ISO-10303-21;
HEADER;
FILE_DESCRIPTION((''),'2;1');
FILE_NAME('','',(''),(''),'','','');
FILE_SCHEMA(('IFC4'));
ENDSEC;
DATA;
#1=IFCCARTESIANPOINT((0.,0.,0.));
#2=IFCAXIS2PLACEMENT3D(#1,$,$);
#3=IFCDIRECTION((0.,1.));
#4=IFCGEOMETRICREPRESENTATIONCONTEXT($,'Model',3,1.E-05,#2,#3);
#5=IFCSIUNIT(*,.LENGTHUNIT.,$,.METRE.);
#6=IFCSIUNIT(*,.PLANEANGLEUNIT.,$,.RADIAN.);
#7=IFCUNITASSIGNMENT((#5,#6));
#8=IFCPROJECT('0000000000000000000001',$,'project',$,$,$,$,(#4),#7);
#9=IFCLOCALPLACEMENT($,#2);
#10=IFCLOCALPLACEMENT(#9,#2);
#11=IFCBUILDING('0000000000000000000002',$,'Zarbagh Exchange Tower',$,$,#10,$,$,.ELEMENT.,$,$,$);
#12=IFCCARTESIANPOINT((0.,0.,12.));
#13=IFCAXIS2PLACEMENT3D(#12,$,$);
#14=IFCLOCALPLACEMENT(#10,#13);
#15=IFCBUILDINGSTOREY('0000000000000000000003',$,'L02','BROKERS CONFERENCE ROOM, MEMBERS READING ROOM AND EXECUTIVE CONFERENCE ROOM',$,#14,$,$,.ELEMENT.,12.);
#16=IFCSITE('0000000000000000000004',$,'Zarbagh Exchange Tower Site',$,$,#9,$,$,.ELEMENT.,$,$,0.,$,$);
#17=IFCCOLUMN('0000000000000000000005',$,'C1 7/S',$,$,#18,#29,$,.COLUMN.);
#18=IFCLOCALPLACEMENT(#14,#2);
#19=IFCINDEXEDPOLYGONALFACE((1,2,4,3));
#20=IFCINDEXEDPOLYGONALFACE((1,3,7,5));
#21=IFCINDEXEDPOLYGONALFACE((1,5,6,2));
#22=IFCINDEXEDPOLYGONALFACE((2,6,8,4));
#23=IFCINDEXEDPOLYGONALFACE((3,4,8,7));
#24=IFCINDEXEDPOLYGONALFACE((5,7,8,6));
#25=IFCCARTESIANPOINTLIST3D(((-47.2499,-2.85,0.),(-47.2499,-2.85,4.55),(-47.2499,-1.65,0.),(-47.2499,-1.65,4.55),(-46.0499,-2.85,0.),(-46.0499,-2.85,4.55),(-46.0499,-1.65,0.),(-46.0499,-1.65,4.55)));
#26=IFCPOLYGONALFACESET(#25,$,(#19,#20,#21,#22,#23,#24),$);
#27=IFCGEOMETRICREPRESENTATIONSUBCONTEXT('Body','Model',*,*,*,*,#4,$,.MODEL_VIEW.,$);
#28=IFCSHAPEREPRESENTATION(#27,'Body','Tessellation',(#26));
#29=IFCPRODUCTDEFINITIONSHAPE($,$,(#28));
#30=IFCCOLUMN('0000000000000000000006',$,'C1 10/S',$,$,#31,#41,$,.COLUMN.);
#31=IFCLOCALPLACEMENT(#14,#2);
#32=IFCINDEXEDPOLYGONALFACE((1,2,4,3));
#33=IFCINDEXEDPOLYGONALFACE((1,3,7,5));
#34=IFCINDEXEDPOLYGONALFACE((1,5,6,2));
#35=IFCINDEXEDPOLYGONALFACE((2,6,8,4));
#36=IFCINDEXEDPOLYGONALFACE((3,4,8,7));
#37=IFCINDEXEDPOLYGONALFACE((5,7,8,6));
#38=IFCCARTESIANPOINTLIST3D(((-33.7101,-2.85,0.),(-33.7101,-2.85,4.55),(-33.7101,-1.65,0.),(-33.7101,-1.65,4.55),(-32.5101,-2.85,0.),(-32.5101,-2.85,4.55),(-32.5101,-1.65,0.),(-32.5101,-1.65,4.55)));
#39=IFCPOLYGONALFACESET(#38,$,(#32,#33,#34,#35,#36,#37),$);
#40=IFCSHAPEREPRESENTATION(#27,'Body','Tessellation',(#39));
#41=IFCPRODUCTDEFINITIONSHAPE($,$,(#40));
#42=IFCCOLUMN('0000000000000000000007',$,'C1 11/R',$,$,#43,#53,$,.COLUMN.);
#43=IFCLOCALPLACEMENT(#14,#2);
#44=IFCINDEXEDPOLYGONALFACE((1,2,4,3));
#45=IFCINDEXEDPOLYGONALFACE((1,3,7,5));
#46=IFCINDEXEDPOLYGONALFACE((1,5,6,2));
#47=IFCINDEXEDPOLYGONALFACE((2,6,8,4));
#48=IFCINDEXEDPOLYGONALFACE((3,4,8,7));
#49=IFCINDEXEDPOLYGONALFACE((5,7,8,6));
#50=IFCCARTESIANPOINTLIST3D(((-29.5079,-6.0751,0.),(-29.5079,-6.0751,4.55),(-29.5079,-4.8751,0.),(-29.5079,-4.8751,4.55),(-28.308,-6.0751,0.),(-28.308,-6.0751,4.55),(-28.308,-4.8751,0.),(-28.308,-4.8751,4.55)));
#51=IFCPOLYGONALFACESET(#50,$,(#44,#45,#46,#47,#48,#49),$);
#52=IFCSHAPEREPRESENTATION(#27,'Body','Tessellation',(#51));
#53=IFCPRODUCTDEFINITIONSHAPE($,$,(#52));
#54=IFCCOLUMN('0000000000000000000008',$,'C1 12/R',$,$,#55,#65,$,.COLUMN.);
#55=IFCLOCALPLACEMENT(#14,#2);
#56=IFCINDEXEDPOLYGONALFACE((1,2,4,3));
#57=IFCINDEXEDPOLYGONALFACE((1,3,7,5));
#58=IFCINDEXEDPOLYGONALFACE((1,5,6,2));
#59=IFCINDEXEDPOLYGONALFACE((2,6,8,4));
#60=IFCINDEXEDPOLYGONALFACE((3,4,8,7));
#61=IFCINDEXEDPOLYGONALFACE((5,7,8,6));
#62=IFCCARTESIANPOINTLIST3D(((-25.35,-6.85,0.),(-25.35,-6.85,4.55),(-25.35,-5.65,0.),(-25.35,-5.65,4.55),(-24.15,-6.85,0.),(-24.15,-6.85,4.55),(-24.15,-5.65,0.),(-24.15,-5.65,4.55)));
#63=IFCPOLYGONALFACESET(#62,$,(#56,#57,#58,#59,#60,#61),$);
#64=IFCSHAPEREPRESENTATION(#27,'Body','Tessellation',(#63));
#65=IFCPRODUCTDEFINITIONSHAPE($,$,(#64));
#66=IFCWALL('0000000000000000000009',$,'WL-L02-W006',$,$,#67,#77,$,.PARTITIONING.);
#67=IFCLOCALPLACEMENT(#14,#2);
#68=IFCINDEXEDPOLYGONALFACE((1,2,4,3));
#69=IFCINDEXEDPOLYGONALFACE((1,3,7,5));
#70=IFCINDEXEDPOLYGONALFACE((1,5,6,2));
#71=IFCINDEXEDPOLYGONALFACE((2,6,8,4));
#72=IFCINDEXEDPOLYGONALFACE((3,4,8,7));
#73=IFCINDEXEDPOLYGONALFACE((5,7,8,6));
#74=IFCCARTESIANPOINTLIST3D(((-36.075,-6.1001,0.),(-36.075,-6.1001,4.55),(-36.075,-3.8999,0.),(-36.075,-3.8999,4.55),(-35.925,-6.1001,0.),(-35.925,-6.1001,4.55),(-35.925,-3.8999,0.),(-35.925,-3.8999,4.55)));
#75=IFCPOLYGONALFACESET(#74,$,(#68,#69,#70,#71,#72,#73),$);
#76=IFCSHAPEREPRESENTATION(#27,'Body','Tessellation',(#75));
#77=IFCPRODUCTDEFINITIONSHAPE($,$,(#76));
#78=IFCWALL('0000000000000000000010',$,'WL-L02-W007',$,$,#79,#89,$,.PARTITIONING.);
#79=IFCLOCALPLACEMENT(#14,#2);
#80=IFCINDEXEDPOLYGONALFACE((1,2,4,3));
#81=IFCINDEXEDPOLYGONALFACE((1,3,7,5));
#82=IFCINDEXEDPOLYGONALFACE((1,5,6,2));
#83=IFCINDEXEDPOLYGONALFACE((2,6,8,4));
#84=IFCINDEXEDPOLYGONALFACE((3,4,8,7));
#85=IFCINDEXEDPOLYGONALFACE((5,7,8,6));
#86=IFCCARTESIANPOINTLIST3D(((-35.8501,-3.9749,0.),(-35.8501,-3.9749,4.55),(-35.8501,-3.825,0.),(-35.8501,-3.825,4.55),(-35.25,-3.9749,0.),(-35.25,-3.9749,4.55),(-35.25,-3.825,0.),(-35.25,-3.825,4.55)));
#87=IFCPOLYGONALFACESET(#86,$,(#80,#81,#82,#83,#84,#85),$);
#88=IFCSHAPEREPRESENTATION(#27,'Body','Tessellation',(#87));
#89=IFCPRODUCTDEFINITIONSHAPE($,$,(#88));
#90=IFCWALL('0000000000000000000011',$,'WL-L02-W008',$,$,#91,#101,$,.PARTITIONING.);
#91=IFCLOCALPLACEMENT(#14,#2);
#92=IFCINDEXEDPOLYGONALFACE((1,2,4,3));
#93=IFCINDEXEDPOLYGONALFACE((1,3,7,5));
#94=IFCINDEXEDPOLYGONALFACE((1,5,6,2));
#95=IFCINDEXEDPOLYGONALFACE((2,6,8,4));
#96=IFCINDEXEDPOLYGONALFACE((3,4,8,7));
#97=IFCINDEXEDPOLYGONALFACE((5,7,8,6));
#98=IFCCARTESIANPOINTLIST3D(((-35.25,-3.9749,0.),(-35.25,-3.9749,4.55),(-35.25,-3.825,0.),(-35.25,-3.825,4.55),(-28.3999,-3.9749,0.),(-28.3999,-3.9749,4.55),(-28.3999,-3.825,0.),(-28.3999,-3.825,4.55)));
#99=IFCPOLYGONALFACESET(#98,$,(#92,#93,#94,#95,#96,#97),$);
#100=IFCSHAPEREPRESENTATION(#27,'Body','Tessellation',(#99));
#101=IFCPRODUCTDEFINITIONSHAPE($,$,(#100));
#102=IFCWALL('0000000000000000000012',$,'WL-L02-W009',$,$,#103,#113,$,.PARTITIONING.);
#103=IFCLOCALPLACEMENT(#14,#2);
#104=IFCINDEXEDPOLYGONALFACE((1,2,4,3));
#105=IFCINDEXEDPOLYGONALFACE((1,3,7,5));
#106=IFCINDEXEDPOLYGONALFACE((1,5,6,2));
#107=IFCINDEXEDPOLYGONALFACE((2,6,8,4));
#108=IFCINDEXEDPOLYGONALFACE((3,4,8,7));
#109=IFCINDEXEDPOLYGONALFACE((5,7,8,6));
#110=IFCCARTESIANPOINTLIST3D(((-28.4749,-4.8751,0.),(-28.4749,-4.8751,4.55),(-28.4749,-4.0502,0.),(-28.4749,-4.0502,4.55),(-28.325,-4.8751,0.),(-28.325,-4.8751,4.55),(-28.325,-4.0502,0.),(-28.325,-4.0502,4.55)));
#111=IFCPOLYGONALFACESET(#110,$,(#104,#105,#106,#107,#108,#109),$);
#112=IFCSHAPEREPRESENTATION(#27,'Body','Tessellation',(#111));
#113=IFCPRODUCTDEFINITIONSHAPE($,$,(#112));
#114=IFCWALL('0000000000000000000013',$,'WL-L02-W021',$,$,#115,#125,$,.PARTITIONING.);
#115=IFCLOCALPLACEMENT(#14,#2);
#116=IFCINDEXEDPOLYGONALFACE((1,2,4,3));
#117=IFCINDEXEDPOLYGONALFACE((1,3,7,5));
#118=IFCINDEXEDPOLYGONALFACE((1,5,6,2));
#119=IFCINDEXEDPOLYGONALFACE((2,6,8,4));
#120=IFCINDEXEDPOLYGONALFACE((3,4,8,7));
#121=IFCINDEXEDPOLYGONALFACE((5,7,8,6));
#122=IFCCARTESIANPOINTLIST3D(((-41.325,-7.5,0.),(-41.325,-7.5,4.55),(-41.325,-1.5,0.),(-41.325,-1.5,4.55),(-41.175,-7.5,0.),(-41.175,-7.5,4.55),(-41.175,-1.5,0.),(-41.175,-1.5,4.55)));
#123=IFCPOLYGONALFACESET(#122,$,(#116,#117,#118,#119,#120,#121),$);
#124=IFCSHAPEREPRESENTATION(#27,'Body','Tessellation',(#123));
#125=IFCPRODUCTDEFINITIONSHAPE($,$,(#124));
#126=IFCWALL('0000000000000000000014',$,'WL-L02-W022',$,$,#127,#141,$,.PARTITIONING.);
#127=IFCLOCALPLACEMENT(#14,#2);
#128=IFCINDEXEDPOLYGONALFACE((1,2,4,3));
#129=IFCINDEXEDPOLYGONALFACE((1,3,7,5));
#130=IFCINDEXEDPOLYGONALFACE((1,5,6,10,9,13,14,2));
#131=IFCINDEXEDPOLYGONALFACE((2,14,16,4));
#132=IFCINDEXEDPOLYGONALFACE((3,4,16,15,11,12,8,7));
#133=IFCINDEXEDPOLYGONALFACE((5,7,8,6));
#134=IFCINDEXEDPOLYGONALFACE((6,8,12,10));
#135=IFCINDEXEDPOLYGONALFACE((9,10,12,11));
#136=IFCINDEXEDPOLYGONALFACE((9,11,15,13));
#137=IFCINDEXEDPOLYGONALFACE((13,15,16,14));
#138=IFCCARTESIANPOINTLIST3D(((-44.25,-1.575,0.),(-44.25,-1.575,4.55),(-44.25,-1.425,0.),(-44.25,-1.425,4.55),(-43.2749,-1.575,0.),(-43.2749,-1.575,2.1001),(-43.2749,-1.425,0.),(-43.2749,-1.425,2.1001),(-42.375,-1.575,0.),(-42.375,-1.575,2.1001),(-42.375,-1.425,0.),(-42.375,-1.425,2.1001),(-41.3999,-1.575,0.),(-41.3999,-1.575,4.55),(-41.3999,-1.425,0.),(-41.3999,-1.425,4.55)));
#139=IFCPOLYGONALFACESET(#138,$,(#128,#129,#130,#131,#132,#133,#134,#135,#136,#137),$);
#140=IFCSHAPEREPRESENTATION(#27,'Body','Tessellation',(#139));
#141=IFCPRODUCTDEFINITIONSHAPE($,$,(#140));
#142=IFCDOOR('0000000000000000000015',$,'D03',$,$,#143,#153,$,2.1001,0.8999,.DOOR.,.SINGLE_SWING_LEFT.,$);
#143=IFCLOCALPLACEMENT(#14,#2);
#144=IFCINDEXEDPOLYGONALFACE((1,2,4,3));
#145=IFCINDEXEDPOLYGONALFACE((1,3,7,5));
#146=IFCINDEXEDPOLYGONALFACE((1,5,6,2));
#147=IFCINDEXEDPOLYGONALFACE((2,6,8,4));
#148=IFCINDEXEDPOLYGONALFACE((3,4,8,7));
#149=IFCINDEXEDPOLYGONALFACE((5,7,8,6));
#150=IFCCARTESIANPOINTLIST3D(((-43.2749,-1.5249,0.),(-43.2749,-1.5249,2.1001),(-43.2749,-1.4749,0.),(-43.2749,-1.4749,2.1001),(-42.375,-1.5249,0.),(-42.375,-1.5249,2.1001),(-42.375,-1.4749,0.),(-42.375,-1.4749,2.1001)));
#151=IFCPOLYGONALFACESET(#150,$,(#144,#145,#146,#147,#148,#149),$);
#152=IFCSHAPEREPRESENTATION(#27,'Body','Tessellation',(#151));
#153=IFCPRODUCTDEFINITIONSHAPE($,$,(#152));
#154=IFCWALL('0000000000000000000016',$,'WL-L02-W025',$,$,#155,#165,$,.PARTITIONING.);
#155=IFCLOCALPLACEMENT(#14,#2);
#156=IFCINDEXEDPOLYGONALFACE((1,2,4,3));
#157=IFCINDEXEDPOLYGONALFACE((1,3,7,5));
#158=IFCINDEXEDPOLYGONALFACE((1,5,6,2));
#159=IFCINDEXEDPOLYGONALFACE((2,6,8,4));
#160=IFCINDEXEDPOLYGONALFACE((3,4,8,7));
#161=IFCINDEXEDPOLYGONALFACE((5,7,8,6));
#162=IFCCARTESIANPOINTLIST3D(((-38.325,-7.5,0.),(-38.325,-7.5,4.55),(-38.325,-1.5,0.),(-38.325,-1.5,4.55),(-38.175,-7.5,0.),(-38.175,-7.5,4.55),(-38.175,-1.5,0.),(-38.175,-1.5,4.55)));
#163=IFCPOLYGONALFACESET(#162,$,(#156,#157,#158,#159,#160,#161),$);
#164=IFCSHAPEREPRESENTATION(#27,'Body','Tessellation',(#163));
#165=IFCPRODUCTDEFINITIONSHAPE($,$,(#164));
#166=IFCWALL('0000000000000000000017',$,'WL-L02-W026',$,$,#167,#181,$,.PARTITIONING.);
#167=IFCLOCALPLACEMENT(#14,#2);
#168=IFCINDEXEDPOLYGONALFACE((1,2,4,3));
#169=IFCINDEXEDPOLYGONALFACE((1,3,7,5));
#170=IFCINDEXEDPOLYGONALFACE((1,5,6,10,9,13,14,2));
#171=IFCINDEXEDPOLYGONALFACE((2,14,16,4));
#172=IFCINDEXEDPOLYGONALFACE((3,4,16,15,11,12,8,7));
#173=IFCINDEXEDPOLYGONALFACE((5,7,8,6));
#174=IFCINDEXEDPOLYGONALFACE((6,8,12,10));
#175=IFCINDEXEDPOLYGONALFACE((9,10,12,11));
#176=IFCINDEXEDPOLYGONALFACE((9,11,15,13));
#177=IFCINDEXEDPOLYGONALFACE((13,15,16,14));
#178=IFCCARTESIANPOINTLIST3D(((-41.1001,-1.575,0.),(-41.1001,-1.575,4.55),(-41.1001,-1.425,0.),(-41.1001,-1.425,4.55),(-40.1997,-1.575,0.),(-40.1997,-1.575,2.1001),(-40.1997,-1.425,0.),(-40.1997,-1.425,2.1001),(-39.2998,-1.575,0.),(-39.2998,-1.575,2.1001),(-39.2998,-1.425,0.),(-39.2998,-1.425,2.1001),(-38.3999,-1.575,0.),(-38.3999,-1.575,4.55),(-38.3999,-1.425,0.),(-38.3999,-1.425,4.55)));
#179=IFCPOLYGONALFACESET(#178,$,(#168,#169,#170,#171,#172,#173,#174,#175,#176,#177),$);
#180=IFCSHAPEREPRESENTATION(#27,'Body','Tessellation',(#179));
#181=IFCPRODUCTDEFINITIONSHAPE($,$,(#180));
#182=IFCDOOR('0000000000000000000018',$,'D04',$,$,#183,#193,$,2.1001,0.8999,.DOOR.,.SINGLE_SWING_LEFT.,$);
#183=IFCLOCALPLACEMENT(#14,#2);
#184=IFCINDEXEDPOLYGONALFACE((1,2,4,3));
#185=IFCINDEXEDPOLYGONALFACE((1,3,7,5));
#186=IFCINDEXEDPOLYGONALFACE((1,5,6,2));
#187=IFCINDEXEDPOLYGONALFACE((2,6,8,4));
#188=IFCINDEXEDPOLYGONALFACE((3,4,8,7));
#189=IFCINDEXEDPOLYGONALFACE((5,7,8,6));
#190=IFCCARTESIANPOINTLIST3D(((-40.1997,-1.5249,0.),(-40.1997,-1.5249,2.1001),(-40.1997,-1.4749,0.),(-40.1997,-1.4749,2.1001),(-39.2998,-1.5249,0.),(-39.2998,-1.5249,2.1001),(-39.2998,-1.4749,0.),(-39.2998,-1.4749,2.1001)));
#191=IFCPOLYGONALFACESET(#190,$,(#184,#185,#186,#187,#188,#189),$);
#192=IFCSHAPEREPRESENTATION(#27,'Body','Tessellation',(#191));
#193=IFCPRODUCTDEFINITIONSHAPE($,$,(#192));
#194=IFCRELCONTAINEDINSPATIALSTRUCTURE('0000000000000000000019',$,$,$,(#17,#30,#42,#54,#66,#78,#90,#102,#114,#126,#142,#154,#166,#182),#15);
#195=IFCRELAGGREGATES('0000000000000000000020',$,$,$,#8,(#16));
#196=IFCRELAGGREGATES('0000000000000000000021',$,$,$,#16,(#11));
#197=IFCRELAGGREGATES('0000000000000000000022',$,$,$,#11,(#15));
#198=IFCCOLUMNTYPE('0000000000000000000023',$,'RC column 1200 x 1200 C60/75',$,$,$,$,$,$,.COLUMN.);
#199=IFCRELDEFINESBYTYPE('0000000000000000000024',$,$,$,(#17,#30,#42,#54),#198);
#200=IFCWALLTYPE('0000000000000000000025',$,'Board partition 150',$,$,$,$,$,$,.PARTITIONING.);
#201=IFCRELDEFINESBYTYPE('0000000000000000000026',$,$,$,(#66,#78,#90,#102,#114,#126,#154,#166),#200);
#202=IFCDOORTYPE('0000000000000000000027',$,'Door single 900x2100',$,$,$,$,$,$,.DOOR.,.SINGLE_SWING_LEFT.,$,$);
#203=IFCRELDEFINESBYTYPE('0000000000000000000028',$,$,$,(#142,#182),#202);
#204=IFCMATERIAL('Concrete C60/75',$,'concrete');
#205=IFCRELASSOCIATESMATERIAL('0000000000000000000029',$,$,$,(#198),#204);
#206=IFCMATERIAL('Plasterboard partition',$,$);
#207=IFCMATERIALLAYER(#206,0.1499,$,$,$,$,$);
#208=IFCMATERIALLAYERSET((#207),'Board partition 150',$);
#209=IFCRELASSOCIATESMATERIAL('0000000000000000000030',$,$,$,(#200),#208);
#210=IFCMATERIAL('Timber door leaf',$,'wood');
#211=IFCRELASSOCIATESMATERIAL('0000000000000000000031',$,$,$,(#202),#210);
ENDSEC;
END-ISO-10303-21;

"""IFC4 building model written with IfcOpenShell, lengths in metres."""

from ifc_helpers import new_model, si_unit, direction, frame, frame_2d, origin, origin_2d, place, context, subcontext, project, spatial, rectangle, extrude, material, layer, layer_set, material_profile, profile_set, type_object, element, fill, save


model = new_model("IFC4")

# Units and contexts
model_context = context("Model", 3, precision=1e-05, world=origin(), true_north=direction((0.0, 1.0)))
body_context = subcontext(model_context, "Body", "Model", "MODEL_VIEW")
ifc_project = project(units=[si_unit("LENGTHUNIT", "METRE"), si_unit("PLANEANGLEUNIT", "RADIAN")], contexts=[model_context])

# Site, building, storey
site_placement = place(None, origin())
site = spatial("IfcSite", under=ifc_project, at=site_placement, Name="Zarbagh Exchange Tower Site", CompositionType="ELEMENT", RefElevation=0.0)
building_placement = place(site_placement, origin())
building = spatial("IfcBuilding", under=site, at=building_placement, Name="Zarbagh Exchange Tower", CompositionType="ELEMENT")
storey_placement = place(building_placement, frame((0.0, 0.0, 12.0)))
storey = spatial("IfcBuildingStorey", under=building, at=storey_placement, Name="L02", Description="BROKERS CONFERENCE ROOM, MEMBERS READING ROOM AND EXECUTIVE CONFERENCE ROOM", CompositionType="ELEMENT", Elevation=12.0)

# Columns
ifc_material_1 = material(Name="Concrete C60/75", Category="concrete")
ifc_material_profile = material_profile(ifc_material_1, rectangle(XDim=1.2, YDim=1.2, at=origin_2d()), Name="RC column 1200 x 1200 C60/75")
ifc_profile_set = profile_set([ifc_material_profile], Name="Concrete C60/75")
column_type = type_object("IfcColumnType", Name="RC column 1200 x 1200 C60/75", PredefinedType="COLUMN", material=ifc_profile_set)
for number, where, z_axis, x_axis, name in (
    (1, (-46.6499, -2.25, 0.0), (0.0, 0.0, 1.0), (1.0, 0.0, 0.0), "C1 7/S"),
    (2, (-33.1101, -2.25, 0.0), (0.0, 0.0, 1.0), (1.0, 0.0, 0.0), "C1 10/S"),
    (3, (-28.908, -5.4751, 0.0), (0.0, 0.0, 1.0), (1.0, 0.0, 0.0), "C1 11/R"),
    (4, (-24.75, -6.25, 0.0), (0.0, 0.0, 1.0), (1.0, 0.0, 0.0), "C1 12/R"),
):
    element("IfcColumn", number, at=place(storey_placement, frame(where, z_axis=z_axis, x_axis=x_axis)), inside=storey, type_object=column_type, Name=name, PredefinedType="COLUMN", context=body_context, shape_type="SweptSolid", body=[
        extrude(rectangle(XDim=1.2, YDim=1.2, at=origin_2d()), origin(), (0.0, 0.0, 1.0), 4.55),
    ])

# Walls
ifc_material_2 = material(Name="Plasterboard partition")
ifc_layer_1 = layer(ifc_material_2, 0.1499)
ifc_layer_set_1 = layer_set([ifc_layer_1], Name="Board partition 150")
wall_type_1 = type_object("IfcWallType", Name="Board partition 150", PredefinedType="PARTITIONING", material=ifc_layer_set_1)
wall_1_placement = place(storey_placement, frame((-36.0, -6.1001, 0.0), z_axis=(0.0, 0.0, 1.0), x_axis=(0.0, 1.0, 0.0)))
element("IfcWall", 5, at=wall_1_placement, inside=storey, type_object=wall_type_1, Name="WL-L02-W006", PredefinedType="PARTITIONING", context=body_context, shape_type="SweptSolid", body=[
    extrude(rectangle(XDim=2.2002, YDim=0.1499, at=frame_2d((1.1001, 0.0))), origin(), (0.0, 0.0, 1.0), 4.55),
])
wall_2_placement = place(storey_placement, frame((-35.8501, -3.8999, 0.0), z_axis=(0.0, 0.0, 1.0), x_axis=(1.0, 0.0, 0.0)))
element("IfcWall", 6, at=wall_2_placement, inside=storey, type_object=wall_type_1, Name="WL-L02-W007", PredefinedType="PARTITIONING", context=body_context, shape_type="SweptSolid", body=[
    extrude(rectangle(XDim=0.6001, YDim=0.1499, at=frame_2d((0.3, 0.0))), origin(), (0.0, 0.0, 1.0), 4.55),
])
wall_3_placement = place(storey_placement, frame((-35.25, -3.8999, 0.0), z_axis=(0.0, 0.0, 1.0), x_axis=(1.0, 0.0, 0.0)))
element("IfcWall", 7, at=wall_3_placement, inside=storey, type_object=wall_type_1, Name="WL-L02-W008", PredefinedType="PARTITIONING", context=body_context, shape_type="SweptSolid", body=[
    extrude(rectangle(XDim=6.8501, YDim=0.1499, at=frame_2d((3.425, 0.0))), origin(), (0.0, 0.0, 1.0), 4.55),
])
wall_4_placement = place(storey_placement, frame((-28.3999, -4.05, 0.0), z_axis=(0.0, 0.0, 1.0), x_axis=(0.0, -1.0, 0.0)))
element("IfcWall", 8, at=wall_4_placement, inside=storey, type_object=wall_type_1, Name="WL-L02-W009", PredefinedType="PARTITIONING", context=body_context, shape_type="SweptSolid", body=[
    extrude(rectangle(XDim=0.825, YDim=0.1499, at=frame_2d((0.4126, 0.0))), origin(), (0.0, 0.0, 1.0), 4.55),
])
wall_5_placement = place(storey_placement, frame((-41.25, -1.5, 0.0), z_axis=(0.0, 0.0, 1.0), x_axis=(0.0, -1.0, 0.0)))
element("IfcWall", 9, at=wall_5_placement, inside=storey, type_object=wall_type_1, Name="WL-L02-W021", PredefinedType="PARTITIONING", context=body_context, shape_type="SweptSolid", body=[
    extrude(rectangle(XDim=6.0, YDim=0.1499, at=frame_2d((3.0, 0.0))), origin(), (0.0, 0.0, 1.0), 4.55),
])

# Wall, opening, door
wall_6_placement = place(storey_placement, frame((-41.3999, -1.5, 0.0), z_axis=(0.0, 0.0, 1.0), x_axis=(-1.0, 0.0, 0.0)))
wall_6 = element("IfcWall", 10, at=wall_6_placement, inside=storey, type_object=wall_type_1, Name="WL-L02-W022", PredefinedType="PARTITIONING", context=body_context, shape_type="SweptSolid", body=[
    extrude(rectangle(XDim=2.8501, YDim=0.1499, at=frame_2d((1.425, 0.0))), origin(), (0.0, 0.0, 1.0), 4.55),
])
opening_1_placement = place(wall_6_placement, frame((0.9751, 0.0, 0.0)))
opening_1 = element("IfcOpeningElement", 11, at=opening_1_placement, cuts=wall_6, PredefinedType="OPENING", context=body_context, shape_type="SweptSolid", body=[
    extrude(rectangle(XDim=0.8999, YDim=2.1001, at=frame_2d((0.45, 1.05))), frame((0.0, 0.085, 0.0), z_axis=(0.0, -1.0, 0.0), x_axis=(1.0, 0.0, 0.0)), (0.0, 0.0, 1.0), 0.1699),
])
ifc_material_3 = material(Name="Timber door leaf", Category="wood")
door_type_1 = type_object("IfcDoorType", Name="Door single 900x2100", OperationType="SINGLE_SWING_LEFT", PredefinedType="DOOR", material=ifc_material_3)
door_1_placement = place(opening_1_placement, origin())
door_1 = element("IfcDoor", 12, at=door_1_placement, inside=storey, type_object=door_type_1, Name="D03", OperationType="SINGLE_SWING_LEFT", OverallHeight=2.1001, OverallWidth=0.8999, PredefinedType="DOOR", context=body_context, shape_type="SweptSolid", body=[
    extrude(rectangle(XDim=0.8999, YDim=2.1001, at=frame_2d((0.45, 1.05))), frame((0.0, 0.0249, 0.0), z_axis=(0.0, -1.0, 0.0), x_axis=(1.0, 0.0, 0.0)), (0.0, 0.0, 1.0), 0.05),
])
fill(opening_1, door_1)

# Wall
wall_7_placement = place(storey_placement, frame((-38.25, -1.5, 0.0), z_axis=(0.0, 0.0, 1.0), x_axis=(0.0, -1.0, 0.0)))
element("IfcWall", 13, at=wall_7_placement, inside=storey, type_object=wall_type_1, Name="WL-L02-W025", PredefinedType="PARTITIONING", context=body_context, shape_type="SweptSolid", body=[
    extrude(rectangle(XDim=6.0, YDim=0.1499, at=frame_2d((3.0, 0.0))), origin(), (0.0, 0.0, 1.0), 4.55),
])

# Wall, opening, door
wall_8_placement = place(storey_placement, frame((-38.3999, -1.5, 0.0), z_axis=(0.0, 0.0, 1.0), x_axis=(-1.0, 0.0, 0.0)))
wall_8 = element("IfcWall", 14, at=wall_8_placement, inside=storey, type_object=wall_type_1, Name="WL-L02-W026", PredefinedType="PARTITIONING", context=body_context, shape_type="SweptSolid", body=[
    extrude(rectangle(XDim=2.7002, YDim=0.1499, at=frame_2d((1.3501, 0.0))), origin(), (0.0, 0.0, 1.0), 4.55),
])
opening_2_placement = place(wall_8_placement, frame((0.8999, 0.0, 0.0)))
opening_2 = element("IfcOpeningElement", 15, at=opening_2_placement, cuts=wall_8, PredefinedType="OPENING", context=body_context, shape_type="SweptSolid", body=[
    extrude(rectangle(XDim=0.8999, YDim=2.1001, at=frame_2d((0.45, 1.05))), frame((0.0, 0.085, 0.0), z_axis=(0.0, -1.0, 0.0), x_axis=(1.0, 0.0, 0.0)), (0.0, 0.0, 1.0), 0.1699),
])
door_2_placement = place(opening_2_placement, origin())
door_2 = element("IfcDoor", 16, at=door_2_placement, inside=storey, type_object=door_type_1, Name="D04", OperationType="SINGLE_SWING_LEFT", OverallHeight=2.1001, OverallWidth=0.8999, PredefinedType="DOOR", context=body_context, shape_type="SweptSolid", body=[
    extrude(rectangle(XDim=0.8999, YDim=2.1001, at=frame_2d((0.45, 1.05))), frame((0.0, 0.0249, 0.0), z_axis=(0.0, -1.0, 0.0), x_axis=(1.0, 0.0, 0.0)), (0.0, 0.0, 1.0), 0.05),
])
fill(opening_2, door_2)

save(model, "model.ifc")
